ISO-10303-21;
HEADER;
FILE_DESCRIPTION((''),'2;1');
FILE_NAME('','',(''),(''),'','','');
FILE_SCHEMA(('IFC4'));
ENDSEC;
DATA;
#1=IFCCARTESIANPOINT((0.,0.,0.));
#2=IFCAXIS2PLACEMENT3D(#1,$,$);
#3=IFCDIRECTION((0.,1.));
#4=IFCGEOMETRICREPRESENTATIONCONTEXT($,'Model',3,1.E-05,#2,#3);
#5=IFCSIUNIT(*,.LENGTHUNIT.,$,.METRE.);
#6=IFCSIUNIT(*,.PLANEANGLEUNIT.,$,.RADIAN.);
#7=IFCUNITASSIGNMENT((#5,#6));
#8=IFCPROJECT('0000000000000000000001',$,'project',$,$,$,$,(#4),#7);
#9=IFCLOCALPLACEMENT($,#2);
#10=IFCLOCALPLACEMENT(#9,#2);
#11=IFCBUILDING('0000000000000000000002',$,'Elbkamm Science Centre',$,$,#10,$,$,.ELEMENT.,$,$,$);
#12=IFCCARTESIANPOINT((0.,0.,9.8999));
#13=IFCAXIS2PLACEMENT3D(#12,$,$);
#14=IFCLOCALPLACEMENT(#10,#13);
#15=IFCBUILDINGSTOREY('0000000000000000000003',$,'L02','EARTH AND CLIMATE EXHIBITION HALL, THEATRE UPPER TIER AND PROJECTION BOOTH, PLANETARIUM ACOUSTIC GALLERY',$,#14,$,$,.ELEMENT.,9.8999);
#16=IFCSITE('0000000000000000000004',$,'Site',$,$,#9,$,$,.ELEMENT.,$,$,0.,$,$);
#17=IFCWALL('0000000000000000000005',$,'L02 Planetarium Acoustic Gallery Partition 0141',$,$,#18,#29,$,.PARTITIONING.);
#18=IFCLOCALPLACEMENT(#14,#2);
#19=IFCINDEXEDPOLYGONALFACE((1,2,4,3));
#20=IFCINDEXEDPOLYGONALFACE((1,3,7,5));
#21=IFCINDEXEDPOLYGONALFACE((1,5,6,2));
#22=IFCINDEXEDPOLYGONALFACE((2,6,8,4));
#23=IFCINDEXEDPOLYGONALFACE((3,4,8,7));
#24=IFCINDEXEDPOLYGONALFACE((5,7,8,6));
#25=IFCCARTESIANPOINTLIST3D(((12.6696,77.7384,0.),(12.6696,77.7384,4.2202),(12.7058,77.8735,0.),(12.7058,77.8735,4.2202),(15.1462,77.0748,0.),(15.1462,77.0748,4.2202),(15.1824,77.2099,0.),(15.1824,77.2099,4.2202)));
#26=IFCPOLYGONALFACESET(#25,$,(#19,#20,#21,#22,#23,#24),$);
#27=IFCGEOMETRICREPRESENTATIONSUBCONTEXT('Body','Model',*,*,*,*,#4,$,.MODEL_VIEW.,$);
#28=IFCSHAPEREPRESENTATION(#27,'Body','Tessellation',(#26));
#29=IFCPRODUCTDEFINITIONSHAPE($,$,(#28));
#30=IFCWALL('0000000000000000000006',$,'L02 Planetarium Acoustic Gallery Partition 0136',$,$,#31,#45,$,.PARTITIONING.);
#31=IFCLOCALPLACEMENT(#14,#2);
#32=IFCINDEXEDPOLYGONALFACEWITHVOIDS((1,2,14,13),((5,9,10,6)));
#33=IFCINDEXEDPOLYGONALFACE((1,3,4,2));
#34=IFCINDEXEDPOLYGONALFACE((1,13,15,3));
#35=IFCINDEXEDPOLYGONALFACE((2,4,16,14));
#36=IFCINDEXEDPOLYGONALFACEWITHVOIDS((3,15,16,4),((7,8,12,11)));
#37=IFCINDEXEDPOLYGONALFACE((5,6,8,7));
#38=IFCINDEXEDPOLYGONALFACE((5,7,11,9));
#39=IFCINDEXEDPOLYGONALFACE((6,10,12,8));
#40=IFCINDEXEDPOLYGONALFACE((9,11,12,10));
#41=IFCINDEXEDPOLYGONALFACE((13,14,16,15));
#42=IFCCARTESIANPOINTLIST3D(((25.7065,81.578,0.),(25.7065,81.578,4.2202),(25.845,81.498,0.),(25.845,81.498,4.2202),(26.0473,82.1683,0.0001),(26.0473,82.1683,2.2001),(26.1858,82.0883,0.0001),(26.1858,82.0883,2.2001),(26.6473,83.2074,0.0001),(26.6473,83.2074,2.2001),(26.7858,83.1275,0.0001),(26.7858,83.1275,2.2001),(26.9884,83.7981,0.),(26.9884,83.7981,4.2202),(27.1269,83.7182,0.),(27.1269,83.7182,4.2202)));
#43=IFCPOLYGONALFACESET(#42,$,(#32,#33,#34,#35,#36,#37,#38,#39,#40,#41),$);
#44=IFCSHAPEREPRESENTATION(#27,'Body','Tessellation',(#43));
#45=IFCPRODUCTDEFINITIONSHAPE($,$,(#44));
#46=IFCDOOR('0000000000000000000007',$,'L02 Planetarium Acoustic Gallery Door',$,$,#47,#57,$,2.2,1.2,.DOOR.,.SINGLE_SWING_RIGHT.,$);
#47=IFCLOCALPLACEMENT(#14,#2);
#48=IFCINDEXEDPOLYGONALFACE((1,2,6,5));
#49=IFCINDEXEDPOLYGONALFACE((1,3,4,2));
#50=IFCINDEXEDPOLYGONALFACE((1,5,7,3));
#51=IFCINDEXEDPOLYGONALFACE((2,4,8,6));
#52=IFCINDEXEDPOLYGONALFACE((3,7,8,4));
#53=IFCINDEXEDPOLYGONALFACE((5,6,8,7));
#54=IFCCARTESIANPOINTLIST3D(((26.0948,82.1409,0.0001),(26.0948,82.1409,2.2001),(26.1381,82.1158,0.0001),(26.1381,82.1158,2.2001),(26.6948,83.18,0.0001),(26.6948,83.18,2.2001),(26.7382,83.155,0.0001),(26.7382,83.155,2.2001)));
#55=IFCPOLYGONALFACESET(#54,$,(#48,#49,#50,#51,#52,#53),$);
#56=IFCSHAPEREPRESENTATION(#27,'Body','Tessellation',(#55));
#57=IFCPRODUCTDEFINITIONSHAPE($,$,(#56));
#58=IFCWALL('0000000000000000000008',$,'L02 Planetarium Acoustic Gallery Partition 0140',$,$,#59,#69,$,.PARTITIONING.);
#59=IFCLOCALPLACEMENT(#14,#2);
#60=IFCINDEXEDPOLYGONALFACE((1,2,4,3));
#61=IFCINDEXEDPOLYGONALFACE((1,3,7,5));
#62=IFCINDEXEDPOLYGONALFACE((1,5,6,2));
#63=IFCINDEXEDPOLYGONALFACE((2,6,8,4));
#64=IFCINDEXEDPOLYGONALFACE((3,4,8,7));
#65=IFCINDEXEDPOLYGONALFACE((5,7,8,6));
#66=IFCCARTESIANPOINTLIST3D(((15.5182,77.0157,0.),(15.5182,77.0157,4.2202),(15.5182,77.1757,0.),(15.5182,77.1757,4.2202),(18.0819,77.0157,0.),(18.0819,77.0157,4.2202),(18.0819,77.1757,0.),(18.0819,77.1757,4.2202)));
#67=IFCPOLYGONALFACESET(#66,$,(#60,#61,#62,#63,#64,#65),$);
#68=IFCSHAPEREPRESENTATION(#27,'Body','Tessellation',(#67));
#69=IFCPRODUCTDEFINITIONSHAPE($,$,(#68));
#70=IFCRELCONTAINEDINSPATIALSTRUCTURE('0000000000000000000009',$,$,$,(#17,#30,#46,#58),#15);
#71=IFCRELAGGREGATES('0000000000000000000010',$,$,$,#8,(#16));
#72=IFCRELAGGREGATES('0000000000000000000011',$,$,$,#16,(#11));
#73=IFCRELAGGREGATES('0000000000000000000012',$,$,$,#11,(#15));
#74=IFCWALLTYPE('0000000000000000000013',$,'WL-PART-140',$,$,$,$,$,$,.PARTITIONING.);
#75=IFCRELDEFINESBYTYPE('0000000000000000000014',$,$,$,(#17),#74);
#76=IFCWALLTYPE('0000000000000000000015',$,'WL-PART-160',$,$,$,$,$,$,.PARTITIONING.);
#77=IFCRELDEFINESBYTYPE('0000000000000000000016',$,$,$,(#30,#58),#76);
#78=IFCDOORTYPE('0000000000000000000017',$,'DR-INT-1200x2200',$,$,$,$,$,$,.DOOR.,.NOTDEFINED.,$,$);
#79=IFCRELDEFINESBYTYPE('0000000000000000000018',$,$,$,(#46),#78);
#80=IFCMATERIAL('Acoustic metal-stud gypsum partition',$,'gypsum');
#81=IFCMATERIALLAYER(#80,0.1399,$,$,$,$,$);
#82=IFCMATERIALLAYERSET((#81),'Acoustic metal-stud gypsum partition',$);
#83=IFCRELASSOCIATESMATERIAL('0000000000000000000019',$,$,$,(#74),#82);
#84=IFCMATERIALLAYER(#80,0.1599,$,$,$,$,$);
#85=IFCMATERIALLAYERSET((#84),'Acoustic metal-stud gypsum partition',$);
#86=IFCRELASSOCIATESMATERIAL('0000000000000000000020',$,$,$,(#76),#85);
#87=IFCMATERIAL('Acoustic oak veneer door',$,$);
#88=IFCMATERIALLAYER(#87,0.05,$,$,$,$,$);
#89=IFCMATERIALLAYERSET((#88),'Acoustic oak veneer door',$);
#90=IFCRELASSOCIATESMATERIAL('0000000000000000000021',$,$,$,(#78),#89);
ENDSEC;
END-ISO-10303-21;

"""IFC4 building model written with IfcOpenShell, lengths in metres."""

from ifc_helpers import new_model, si_unit, direction, frame, frame_2d, origin, place, context, subcontext, project, spatial, rectangle, extrude, material, layer, layer_set, type_object, element, fill, save


model = new_model("IFC4")

# Units and contexts
model_context = context("Model", 3, precision=1e-05, world=origin(), true_north=direction((0.0, 1.0)))
body_context = subcontext(model_context, "Body", "Model", "MODEL_VIEW")
ifc_project = project(units=[si_unit("LENGTHUNIT", "METRE"), si_unit("PLANEANGLEUNIT", "RADIAN")], contexts=[model_context])

# Site, building, storey
site_placement = place(None, origin())
site = spatial("IfcSite", under=ifc_project, at=site_placement, Name="Site", CompositionType="ELEMENT", RefElevation=0.0)
building_placement = place(site_placement, origin())
building = spatial("IfcBuilding", under=site, at=building_placement, Name="Elbkamm Science Centre", CompositionType="ELEMENT")
storey_placement = place(building_placement, frame((0.0, 0.0, 9.8999)))
storey = spatial("IfcBuildingStorey", under=building, at=storey_placement, Name="L02", Description="EARTH AND CLIMATE EXHIBITION HALL, THEATRE UPPER TIER AND PROJECTION BOOTH, PLANETARIUM ACOUSTIC GALLERY", CompositionType="ELEMENT", Elevation=9.8999)

# Wall
ifc_material_1 = material(Name="Acoustic metal-stud gypsum partition", Category="gypsum")
ifc_layer_1 = layer(ifc_material_1, 0.1399)
ifc_layer_set_1 = layer_set([ifc_layer_1], Name="Acoustic metal-stud gypsum partition")
wall_type_1 = type_object("IfcWallType", Name="WL-PART-140", PredefinedType="PARTITIONING", material=ifc_layer_set_1)
for number, where, z_axis, x_axis, name in (
    (1, (15.1643, 77.1423, 0.0), (0.0, 0.0, 1.0), (-0.965928, 0.258812, 0.0), "L02 Planetarium Acoustic Gallery Partition 0141"),
):
    element("IfcWall", number, at=place(storey_placement, frame(where, z_axis=z_axis, x_axis=x_axis)), inside=storey, type_object=wall_type_1, Name=name, PredefinedType="PARTITIONING", context=body_context, shape_type="SweptSolid", body=[
        extrude(rectangle(XDim=2.564, YDim=0.1399, at=frame_2d((1.282, 0.0))), origin(), (0.0, 0.0, 1.0), 4.2202),
    ])

# Wall, opening, door
ifc_layer_2 = layer(ifc_material_1, 0.1599)
ifc_layer_set_2 = layer_set([ifc_layer_2], Name="Acoustic metal-stud gypsum partition")
wall_type_2 = type_object("IfcWallType", Name="WL-PART-160", PredefinedType="PARTITIONING", material=ifc_layer_set_2)
wall_1_placement = place(storey_placement, frame((27.0576, 83.7581, 0.0), z_axis=(0.0, 0.0, 1.0), x_axis=(-0.500041, -0.866002, 0.0)))
wall_1 = element("IfcWall", 2, at=wall_1_placement, inside=storey, type_object=wall_type_2, Name="L02 Planetarium Acoustic Gallery Partition 0136", PredefinedType="PARTITIONING", context=body_context, shape_type="SweptSolid", body=[
    extrude(rectangle(XDim=2.5637, YDim=0.1599, at=frame_2d((1.2817, 0.0))), origin(), (0.0, 0.0, 1.0), 4.2202),
])
opening_placement = place(wall_1_placement, frame((0.6819, 0.0, 0.0)))
opening = element("IfcOpeningElement", 3, at=opening_placement, cuts=wall_1, PredefinedType="OPENING", context=body_context, shape_type="SweptSolid", body=[
    extrude(rectangle(XDim=1.2, YDim=2.2, at=frame_2d((0.6001, 1.1001))), frame((0.0, 0.0918, 0.0), z_axis=(0.0, -1.0, 0.0), x_axis=(1.0, 0.0, 0.0)), (0.0, 0.0, 1.0), 0.1838),
])
ifc_material_2 = material(Name="Acoustic oak veneer door")
ifc_layer_3 = layer(ifc_material_2, 0.05)
ifc_layer_set_3 = layer_set([ifc_layer_3], Name="Acoustic oak veneer door")
door_type = type_object("IfcDoorType", Name="DR-INT-1200x2200", OperationType="NOTDEFINED", PredefinedType="DOOR", material=ifc_layer_set_3)
door_placement = place(opening_placement, origin())
door = element("IfcDoor", 4, at=door_placement, inside=storey, type_object=door_type, Name="L02 Planetarium Acoustic Gallery Door", OperationType="SINGLE_SWING_RIGHT", OverallHeight=2.2, OverallWidth=1.2, PredefinedType="DOOR", context=body_context, shape_type="SweptSolid", body=[
    extrude(rectangle(XDim=1.2, YDim=2.2, at=frame_2d((0.6001, 1.1001))), frame((0.0, 0.0249, 0.0), z_axis=(0.0, -1.0, 0.0), x_axis=(1.0, 0.0, 0.0)), (0.0, 0.0, 1.0), 0.05),
])
fill(opening, door)

# Wall
wall_2_placement = place(storey_placement, frame((18.0818, 77.0957, 0.0), z_axis=(0.0, 0.0, 1.0), x_axis=(-1.0, 0.0, 0.0)))
element("IfcWall", 5, at=wall_2_placement, inside=storey, type_object=wall_type_2, Name="L02 Planetarium Acoustic Gallery Partition 0140", PredefinedType="PARTITIONING", context=body_context, shape_type="SweptSolid", body=[
    extrude(rectangle(XDim=2.5637, YDim=0.1599, at=frame_2d((1.2817, 0.0))), origin(), (0.0, 0.0, 1.0), 4.2202),
])

save(model, "model.ifc")
